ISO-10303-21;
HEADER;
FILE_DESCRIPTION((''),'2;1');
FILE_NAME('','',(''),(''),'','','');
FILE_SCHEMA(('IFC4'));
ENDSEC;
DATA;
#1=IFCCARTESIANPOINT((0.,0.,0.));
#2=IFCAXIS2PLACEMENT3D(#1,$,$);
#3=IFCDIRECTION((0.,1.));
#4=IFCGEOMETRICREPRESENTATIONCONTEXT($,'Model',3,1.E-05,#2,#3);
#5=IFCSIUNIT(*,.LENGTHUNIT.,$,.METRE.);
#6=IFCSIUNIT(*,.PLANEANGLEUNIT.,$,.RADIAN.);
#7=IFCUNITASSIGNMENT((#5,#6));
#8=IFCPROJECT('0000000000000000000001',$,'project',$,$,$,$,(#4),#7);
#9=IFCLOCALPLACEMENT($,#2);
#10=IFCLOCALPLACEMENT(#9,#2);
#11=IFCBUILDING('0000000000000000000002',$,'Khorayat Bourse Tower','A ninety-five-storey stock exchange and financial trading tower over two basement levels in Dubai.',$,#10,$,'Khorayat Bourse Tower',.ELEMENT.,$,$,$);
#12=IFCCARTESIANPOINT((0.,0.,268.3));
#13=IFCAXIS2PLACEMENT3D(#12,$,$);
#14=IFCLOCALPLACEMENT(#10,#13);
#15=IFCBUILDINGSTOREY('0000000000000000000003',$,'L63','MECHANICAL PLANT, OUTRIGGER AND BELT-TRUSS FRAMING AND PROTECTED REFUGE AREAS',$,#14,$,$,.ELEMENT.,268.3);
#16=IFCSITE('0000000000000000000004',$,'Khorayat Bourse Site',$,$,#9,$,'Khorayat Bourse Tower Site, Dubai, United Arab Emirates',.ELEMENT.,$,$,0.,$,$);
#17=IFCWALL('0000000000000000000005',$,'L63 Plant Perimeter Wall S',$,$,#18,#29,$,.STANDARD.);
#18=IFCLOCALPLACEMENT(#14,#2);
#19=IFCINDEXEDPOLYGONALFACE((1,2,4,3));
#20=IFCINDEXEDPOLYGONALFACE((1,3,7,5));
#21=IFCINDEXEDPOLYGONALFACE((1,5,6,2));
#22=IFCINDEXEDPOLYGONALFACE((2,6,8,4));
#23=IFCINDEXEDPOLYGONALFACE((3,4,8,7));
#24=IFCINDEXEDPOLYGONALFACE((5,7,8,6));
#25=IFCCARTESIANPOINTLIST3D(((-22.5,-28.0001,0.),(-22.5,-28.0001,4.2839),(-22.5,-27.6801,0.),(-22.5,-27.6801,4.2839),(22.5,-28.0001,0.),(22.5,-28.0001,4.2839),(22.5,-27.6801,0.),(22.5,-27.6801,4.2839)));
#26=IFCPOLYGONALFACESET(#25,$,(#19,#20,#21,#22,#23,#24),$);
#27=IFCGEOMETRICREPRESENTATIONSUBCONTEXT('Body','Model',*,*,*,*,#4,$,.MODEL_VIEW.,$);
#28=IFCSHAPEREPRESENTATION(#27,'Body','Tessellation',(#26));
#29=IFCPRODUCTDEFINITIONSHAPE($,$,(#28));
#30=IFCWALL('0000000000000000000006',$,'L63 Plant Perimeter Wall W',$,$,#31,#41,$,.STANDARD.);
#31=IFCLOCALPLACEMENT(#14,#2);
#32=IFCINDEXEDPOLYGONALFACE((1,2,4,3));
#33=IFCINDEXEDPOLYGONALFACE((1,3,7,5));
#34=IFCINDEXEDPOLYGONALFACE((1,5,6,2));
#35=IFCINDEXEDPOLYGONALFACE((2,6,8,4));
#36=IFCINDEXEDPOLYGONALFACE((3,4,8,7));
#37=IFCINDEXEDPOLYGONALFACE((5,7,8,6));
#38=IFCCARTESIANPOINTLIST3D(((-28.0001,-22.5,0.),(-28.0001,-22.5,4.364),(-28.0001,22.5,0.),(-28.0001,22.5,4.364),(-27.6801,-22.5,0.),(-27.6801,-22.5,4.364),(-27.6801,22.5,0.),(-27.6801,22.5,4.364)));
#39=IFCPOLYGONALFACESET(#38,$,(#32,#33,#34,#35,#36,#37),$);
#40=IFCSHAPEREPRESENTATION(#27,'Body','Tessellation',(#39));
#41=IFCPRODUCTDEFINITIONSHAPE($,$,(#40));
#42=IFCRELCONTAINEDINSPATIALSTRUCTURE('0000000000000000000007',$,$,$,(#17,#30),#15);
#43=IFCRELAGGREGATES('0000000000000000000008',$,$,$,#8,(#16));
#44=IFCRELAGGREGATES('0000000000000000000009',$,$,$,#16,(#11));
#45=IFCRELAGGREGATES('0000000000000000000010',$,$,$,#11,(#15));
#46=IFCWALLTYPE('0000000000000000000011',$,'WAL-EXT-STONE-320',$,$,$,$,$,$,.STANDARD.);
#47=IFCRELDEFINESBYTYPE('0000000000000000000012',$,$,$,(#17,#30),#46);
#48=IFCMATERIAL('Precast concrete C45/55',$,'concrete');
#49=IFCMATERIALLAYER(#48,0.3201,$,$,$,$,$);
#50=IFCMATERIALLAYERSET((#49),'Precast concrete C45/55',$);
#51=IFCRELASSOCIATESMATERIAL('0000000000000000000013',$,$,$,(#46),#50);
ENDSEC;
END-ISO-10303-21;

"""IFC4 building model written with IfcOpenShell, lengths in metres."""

from ifc_helpers import new_model, si_unit, direction, frame, frame_2d, origin, place, context, subcontext, project, spatial, rectangle, extrude, source, transform, mapped, material, layer, layer_set, type_object, element, save


model = new_model("IFC4")

# Units and contexts
model_context = context("Model", 3, precision=1e-05, world=origin(), true_north=direction((0.0, 1.0)))
body_context = subcontext(model_context, "Body", "Model", "MODEL_VIEW")
ifc_project = project(units=[si_unit("LENGTHUNIT", "METRE"), si_unit("PLANEANGLEUNIT", "RADIAN")], contexts=[model_context])

# Site, building, storey
site_placement = place(None, origin())
site = spatial("IfcSite", under=ifc_project, at=site_placement, Name="Khorayat Bourse Site", LongName="Khorayat Bourse Tower Site, Dubai, United Arab Emirates", CompositionType="ELEMENT", RefElevation=0.0)
building_placement = place(site_placement, origin())
building = spatial("IfcBuilding", under=site, at=building_placement, Name="Khorayat Bourse Tower", Description="A ninety-five-storey stock exchange and financial trading tower over two basement levels in Dubai.", LongName="Khorayat Bourse Tower", CompositionType="ELEMENT")
storey_placement = place(building_placement, frame((0.0, 0.0, 268.3)))
storey = spatial("IfcBuildingStorey", under=building, at=storey_placement, Name="L63", Description="MECHANICAL PLANT, OUTRIGGER AND BELT-TRUSS FRAMING AND PROTECTED REFUGE AREAS", CompositionType="ELEMENT", Elevation=268.3)

# Shared definitions
ifc_material_1 = material(Name="Precast concrete C45/55", Category="concrete")
ifc_layer_1 = layer(ifc_material_1, 0.3201)
ifc_layer_set_1 = layer_set([ifc_layer_1], Name="Precast concrete C45/55")
wall_type = type_object("IfcWallType", Name="WAL-EXT-STONE-320", PredefinedType="STANDARD", material=ifc_layer_set_1)

# Walls
shared_shape_1 = source(origin(), body_context, "Body", "SweptSolid", [
    extrude(rectangle(XDim=45.0, YDim=0.3201, at=frame_2d((22.5, 0.0))), origin(), (0.0, 0.0, 1.0), 4.2839),
])
wall_1_placement = place(storey_placement, frame((-22.5, -27.8401, 0.0), z_axis=(0.0, 0.0, 1.0), x_axis=(1.0, 0.0, 0.0)))
element("IfcWall", 1, at=wall_1_placement, inside=storey, type_object=wall_type, Name="L63 Plant Perimeter Wall S", PredefinedType="STANDARD", context=body_context, shape_type="MappedRepresentation", body=[
    mapped(shared_shape_1, transform((0.0, 0.0, 0.0), scale=1.0)),
])
shared_shape_2 = source(origin(), body_context, "Body", "SweptSolid", [
    extrude(rectangle(XDim=45.0, YDim=0.3201, at=frame_2d((22.5, 0.0))), origin(), (0.0, 0.0, 1.0), 4.364),
])
wall_2_placement = place(storey_placement, frame((-27.8401, -22.5, 0.0), z_axis=(0.0, 0.0, 1.0), x_axis=(0.0, 1.0, 0.0)))
element("IfcWall", 2, at=wall_2_placement, inside=storey, type_object=wall_type, Name="L63 Plant Perimeter Wall W", PredefinedType="STANDARD", context=body_context, shape_type="MappedRepresentation", body=[
    mapped(shared_shape_2, transform((0.0, 0.0, 0.0), scale=1.0)),
])

save(model, "model.ifc")
